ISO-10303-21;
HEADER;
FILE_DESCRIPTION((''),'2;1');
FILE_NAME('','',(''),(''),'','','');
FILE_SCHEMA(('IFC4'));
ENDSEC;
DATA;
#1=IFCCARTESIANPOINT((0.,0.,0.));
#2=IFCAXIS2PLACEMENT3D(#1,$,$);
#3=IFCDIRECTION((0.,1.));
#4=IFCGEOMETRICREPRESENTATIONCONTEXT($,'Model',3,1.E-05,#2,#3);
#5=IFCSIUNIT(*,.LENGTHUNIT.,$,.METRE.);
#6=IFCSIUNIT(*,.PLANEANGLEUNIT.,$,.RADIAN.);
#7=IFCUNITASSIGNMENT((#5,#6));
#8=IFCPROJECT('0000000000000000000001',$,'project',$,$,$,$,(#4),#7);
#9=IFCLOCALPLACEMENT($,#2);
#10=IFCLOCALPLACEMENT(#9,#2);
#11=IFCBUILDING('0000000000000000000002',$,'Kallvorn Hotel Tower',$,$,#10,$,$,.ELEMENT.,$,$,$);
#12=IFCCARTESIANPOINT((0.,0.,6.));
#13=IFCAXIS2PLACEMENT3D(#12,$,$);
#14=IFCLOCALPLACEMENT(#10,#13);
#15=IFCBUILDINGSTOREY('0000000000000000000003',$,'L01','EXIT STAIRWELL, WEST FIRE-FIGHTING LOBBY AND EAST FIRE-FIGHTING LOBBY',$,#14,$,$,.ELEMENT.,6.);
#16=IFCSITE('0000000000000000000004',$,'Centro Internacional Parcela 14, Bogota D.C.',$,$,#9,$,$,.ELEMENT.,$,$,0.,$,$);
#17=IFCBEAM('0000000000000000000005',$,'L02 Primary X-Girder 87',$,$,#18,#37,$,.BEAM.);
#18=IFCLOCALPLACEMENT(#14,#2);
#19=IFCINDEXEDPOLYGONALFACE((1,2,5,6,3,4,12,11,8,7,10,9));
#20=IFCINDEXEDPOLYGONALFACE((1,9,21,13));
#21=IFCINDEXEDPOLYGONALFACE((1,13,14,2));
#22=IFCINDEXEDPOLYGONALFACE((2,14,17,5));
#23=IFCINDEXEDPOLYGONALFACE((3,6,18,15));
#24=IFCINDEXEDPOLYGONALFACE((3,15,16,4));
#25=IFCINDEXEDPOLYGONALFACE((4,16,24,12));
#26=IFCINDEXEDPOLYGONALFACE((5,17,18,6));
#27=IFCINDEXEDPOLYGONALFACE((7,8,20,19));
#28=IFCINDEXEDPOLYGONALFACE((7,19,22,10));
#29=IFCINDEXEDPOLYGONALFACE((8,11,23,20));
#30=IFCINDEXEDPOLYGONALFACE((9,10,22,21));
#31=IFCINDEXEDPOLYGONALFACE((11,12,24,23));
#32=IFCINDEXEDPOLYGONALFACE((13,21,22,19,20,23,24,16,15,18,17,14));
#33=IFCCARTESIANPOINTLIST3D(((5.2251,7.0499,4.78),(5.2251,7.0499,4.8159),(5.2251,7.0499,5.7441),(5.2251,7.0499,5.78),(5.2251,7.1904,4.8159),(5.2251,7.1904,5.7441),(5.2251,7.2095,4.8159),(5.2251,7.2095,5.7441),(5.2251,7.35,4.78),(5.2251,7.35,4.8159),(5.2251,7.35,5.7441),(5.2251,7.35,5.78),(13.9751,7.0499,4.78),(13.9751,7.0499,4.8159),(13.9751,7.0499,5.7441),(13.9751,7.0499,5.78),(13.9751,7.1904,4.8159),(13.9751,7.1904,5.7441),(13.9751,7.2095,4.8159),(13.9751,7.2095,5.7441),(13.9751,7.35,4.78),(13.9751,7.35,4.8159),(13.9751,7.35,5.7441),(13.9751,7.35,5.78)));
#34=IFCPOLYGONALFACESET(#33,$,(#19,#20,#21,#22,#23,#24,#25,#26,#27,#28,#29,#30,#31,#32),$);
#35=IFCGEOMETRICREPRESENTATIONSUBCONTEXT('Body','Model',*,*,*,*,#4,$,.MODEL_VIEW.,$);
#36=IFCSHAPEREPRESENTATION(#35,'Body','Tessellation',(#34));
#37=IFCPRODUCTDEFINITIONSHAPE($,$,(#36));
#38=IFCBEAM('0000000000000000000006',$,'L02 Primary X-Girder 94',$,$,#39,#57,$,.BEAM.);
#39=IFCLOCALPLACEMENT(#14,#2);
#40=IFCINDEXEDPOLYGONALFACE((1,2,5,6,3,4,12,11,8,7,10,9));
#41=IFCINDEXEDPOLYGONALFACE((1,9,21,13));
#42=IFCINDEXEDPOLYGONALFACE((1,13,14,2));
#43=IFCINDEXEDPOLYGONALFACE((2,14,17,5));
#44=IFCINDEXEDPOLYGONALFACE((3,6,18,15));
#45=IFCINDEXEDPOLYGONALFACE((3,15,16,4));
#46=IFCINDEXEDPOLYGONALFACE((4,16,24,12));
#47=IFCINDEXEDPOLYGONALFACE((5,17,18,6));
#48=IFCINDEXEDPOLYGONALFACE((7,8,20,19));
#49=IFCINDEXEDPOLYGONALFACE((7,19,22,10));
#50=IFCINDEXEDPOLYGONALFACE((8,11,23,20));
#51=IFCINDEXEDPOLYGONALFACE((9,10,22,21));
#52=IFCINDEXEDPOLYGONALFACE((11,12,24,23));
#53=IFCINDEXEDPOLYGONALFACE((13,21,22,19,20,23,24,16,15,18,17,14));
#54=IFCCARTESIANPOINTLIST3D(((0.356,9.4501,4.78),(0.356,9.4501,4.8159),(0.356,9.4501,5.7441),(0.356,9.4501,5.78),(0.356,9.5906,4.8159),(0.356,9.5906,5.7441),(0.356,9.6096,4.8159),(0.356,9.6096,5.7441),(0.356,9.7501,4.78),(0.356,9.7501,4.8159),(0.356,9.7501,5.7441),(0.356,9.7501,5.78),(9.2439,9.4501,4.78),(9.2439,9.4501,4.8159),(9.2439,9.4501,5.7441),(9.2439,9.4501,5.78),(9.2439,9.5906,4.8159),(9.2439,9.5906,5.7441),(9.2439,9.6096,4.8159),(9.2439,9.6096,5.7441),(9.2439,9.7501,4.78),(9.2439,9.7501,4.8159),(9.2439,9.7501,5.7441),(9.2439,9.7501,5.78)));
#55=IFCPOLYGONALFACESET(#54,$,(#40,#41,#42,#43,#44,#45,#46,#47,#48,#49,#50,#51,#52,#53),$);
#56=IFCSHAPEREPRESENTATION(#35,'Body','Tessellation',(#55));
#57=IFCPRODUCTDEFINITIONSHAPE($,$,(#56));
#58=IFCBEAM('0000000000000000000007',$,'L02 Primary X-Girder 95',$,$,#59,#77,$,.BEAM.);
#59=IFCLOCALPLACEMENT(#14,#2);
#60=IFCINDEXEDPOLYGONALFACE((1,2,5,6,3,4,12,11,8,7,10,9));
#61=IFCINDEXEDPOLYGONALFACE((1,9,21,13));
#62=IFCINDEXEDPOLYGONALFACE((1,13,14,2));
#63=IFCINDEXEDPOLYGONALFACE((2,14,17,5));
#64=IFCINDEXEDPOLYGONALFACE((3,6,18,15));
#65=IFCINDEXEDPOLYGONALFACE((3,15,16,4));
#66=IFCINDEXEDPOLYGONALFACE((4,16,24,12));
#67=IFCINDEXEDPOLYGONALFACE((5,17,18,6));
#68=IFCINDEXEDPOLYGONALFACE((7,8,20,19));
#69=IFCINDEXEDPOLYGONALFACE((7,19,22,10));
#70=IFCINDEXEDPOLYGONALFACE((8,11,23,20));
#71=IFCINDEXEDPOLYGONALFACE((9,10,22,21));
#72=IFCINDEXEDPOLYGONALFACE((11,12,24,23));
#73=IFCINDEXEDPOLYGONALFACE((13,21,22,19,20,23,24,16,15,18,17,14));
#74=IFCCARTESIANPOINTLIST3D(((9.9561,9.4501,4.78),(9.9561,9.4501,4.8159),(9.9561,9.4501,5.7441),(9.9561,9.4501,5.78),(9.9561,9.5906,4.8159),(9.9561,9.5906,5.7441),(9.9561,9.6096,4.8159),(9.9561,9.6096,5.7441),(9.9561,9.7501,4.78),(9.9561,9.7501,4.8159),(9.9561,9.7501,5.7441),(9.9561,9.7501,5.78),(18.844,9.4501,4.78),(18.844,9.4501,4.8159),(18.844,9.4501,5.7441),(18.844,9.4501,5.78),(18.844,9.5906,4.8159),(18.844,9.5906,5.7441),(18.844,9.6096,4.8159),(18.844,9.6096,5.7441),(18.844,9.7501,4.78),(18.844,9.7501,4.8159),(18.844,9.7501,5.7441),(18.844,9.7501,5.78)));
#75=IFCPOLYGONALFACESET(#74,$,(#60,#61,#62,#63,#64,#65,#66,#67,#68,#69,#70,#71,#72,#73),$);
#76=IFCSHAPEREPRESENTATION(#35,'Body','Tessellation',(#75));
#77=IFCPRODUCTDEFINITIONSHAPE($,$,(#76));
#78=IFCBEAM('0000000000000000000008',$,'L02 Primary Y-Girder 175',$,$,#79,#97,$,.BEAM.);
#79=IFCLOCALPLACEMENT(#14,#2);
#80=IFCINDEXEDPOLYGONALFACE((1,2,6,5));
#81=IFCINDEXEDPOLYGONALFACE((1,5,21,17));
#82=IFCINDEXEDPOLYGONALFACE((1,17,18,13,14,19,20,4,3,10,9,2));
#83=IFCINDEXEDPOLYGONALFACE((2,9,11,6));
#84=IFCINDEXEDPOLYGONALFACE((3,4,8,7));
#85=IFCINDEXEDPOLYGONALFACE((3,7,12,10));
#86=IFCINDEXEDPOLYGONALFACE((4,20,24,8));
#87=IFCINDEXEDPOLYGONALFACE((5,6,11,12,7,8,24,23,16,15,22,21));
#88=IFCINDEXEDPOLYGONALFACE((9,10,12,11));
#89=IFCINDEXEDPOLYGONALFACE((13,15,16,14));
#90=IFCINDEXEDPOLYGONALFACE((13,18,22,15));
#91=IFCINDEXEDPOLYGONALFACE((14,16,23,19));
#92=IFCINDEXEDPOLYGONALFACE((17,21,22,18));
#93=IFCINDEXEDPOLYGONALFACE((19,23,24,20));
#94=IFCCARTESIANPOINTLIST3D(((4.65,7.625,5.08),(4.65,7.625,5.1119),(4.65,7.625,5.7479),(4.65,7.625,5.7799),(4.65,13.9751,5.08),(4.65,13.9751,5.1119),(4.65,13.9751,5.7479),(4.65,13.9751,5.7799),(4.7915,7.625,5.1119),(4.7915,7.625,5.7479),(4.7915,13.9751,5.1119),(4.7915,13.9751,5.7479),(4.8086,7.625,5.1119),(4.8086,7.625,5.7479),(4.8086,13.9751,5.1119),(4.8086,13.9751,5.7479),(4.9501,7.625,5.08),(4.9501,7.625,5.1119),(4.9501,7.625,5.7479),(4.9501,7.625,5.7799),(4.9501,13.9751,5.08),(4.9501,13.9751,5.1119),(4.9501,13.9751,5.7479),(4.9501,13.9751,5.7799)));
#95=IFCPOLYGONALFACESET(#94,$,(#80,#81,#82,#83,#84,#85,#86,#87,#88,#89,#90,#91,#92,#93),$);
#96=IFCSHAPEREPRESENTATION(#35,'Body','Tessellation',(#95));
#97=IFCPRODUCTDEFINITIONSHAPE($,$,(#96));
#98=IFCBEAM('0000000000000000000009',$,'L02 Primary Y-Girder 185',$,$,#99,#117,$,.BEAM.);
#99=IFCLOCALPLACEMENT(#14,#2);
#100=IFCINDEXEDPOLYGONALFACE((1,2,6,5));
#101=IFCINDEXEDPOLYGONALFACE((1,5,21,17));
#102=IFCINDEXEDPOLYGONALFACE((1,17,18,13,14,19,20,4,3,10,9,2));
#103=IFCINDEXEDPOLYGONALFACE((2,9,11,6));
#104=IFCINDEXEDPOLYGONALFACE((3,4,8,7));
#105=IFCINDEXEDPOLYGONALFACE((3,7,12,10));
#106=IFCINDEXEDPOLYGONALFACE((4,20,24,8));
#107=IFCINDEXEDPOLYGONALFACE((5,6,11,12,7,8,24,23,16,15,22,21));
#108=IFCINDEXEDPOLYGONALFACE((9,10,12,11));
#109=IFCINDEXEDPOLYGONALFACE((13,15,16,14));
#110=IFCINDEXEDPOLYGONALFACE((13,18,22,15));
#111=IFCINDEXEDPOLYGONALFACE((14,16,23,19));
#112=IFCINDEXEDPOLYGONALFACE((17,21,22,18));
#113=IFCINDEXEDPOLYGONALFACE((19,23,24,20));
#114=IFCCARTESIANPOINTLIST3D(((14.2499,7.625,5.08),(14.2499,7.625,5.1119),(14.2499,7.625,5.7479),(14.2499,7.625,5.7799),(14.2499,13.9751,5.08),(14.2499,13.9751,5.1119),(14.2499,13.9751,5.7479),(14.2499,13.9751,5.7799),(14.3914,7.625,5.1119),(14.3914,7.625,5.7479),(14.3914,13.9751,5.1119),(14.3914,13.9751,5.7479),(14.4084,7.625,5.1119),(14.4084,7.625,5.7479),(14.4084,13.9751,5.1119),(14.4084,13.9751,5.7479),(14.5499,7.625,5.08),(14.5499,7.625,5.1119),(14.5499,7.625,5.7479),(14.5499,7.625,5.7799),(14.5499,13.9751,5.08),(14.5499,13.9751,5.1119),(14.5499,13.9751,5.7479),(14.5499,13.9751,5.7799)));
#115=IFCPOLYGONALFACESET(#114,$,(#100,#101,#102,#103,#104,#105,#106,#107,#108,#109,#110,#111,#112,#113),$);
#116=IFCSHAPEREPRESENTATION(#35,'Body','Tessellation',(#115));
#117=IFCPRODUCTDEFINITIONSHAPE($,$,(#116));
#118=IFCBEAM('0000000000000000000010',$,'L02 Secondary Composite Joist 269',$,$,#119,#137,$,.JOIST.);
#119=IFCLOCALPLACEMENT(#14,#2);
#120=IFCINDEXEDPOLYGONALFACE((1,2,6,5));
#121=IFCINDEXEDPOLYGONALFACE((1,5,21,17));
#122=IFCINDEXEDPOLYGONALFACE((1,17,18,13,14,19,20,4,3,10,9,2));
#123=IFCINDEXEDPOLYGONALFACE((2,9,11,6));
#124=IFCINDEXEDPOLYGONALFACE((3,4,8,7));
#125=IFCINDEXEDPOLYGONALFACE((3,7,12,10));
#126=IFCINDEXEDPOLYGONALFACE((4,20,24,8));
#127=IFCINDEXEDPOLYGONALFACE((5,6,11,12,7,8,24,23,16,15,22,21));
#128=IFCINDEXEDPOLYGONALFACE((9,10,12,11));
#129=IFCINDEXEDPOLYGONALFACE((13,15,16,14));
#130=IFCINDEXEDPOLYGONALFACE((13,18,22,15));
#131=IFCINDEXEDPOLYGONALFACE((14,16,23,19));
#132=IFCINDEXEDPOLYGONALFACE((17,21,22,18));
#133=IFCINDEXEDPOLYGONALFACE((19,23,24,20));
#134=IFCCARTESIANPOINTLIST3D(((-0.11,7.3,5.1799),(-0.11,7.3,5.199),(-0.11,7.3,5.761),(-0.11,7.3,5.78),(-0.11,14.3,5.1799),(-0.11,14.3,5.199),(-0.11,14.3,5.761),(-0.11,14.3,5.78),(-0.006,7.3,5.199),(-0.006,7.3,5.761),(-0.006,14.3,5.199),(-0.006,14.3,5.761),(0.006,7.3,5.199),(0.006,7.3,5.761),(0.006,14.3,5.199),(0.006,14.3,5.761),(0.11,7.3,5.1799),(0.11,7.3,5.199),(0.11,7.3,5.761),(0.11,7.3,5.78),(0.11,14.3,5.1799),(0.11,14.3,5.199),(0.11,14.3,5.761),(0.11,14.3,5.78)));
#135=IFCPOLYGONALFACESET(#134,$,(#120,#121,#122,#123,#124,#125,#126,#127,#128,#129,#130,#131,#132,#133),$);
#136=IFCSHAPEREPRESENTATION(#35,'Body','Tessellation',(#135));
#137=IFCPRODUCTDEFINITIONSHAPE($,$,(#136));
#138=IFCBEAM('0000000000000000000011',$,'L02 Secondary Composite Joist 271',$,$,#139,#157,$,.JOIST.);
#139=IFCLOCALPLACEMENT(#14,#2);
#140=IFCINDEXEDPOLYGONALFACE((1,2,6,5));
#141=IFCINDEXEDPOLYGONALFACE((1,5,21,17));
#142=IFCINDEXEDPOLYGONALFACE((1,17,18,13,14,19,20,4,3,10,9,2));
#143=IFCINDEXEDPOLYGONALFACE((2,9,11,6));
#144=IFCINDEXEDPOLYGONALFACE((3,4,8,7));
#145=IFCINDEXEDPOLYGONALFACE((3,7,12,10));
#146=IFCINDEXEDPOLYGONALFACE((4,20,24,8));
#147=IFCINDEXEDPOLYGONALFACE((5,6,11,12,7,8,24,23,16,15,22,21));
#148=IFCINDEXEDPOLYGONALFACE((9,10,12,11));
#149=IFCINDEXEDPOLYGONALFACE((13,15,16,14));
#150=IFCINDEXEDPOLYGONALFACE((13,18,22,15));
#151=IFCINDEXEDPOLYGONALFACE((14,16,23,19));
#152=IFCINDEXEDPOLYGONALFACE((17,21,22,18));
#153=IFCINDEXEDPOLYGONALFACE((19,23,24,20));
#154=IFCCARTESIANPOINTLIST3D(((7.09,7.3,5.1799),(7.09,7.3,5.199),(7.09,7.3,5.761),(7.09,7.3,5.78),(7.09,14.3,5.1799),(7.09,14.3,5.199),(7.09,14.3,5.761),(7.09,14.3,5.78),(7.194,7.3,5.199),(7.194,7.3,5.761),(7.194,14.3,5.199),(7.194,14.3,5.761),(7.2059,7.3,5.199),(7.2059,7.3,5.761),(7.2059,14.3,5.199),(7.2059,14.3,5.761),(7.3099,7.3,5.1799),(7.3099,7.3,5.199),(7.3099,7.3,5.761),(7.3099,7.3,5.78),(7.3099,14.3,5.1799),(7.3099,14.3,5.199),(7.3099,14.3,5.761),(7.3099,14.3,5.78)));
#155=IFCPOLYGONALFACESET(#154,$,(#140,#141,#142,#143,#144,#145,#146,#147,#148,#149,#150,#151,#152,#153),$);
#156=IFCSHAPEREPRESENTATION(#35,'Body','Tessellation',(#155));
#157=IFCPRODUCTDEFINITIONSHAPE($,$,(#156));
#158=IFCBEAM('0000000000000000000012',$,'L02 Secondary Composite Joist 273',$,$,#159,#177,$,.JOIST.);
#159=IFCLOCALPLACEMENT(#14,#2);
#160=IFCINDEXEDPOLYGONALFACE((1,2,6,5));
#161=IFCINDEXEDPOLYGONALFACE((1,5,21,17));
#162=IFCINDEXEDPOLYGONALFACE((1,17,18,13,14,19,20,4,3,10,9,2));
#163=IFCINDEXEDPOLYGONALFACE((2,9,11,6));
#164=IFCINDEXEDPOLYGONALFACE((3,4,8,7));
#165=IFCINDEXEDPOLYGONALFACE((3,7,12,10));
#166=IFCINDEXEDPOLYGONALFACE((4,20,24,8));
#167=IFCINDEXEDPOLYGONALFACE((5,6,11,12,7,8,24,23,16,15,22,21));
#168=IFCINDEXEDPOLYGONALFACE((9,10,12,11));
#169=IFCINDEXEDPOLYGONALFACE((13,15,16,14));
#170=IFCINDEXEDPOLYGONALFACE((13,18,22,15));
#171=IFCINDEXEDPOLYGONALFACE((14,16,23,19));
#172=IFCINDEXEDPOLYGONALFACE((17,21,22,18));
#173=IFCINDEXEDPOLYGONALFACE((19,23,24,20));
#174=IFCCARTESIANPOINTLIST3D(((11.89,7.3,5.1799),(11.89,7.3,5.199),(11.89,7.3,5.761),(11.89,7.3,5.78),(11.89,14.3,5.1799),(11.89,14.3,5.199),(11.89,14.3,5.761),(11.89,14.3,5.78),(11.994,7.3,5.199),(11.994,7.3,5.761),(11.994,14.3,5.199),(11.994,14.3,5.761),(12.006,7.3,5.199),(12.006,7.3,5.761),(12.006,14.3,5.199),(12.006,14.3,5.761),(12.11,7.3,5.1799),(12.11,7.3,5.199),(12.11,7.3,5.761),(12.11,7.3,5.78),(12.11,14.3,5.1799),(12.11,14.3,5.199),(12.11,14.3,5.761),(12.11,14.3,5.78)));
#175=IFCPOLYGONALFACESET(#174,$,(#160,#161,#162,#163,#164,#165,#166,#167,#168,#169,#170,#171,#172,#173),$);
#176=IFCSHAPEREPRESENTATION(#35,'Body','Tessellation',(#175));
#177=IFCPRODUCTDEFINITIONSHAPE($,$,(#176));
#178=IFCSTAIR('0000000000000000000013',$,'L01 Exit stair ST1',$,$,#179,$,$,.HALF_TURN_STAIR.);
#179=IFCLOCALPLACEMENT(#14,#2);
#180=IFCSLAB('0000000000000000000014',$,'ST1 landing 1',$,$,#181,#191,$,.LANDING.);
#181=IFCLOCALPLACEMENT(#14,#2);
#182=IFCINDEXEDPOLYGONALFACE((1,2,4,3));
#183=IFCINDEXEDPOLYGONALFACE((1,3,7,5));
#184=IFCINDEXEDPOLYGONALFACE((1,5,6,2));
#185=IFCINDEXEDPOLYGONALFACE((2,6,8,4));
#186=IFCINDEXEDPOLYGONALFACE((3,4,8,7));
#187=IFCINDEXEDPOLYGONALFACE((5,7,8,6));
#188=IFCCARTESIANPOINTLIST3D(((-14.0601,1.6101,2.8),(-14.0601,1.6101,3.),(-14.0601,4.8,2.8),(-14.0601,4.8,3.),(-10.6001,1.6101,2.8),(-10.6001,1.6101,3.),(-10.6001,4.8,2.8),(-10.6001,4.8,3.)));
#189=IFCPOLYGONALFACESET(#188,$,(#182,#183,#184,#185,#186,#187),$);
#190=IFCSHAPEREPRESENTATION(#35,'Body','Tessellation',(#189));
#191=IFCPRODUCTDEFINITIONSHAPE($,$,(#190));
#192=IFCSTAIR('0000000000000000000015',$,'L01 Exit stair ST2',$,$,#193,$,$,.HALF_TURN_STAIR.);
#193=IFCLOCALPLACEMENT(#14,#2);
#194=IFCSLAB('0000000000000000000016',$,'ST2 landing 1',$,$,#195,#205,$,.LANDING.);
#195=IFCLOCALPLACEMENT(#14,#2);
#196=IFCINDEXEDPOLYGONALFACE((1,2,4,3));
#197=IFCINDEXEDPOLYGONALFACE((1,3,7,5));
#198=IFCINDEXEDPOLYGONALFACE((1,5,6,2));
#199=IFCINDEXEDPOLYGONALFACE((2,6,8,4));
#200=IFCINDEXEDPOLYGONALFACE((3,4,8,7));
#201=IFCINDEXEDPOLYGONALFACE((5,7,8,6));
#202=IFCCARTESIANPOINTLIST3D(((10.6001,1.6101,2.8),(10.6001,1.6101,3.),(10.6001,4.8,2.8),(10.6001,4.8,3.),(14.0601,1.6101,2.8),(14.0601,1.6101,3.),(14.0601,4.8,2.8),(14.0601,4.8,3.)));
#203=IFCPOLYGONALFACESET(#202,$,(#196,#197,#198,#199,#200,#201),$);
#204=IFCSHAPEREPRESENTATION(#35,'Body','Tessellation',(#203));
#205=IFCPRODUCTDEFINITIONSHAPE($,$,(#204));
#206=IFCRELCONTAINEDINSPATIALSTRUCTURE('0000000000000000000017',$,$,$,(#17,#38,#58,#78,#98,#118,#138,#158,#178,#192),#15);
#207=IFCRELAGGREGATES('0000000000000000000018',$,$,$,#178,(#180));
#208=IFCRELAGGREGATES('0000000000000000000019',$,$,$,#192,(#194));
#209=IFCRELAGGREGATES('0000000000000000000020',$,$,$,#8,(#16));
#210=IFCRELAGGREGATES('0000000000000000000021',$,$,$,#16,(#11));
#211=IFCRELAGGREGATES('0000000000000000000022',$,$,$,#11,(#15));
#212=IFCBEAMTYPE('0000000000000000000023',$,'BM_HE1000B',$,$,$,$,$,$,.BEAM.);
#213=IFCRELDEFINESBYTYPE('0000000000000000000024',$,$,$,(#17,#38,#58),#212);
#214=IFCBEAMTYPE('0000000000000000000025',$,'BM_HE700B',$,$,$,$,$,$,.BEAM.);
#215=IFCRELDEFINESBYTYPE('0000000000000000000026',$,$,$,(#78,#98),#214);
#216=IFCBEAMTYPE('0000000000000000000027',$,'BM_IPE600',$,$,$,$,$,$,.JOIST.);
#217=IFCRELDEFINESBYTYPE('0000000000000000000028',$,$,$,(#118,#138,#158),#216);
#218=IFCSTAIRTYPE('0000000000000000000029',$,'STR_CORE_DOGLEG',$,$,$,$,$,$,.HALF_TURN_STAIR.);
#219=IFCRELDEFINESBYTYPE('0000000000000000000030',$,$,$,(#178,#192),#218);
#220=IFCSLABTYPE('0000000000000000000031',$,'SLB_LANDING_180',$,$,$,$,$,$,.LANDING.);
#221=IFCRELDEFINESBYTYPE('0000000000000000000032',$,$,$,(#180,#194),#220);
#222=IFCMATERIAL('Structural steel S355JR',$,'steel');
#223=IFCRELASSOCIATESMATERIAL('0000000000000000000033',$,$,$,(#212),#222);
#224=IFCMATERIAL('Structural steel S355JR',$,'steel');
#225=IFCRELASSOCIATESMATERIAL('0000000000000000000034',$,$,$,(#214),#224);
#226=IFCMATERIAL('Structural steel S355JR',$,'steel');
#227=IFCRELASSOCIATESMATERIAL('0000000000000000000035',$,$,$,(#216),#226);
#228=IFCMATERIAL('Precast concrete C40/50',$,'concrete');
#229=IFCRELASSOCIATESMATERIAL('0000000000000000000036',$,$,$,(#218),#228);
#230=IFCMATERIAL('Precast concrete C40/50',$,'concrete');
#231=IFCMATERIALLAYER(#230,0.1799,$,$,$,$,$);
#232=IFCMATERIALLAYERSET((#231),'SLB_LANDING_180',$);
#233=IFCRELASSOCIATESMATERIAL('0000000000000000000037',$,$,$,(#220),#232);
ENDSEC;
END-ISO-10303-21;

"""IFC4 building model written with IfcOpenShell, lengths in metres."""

from ifc_helpers import new_model, si_unit, direction, frame, origin, origin_2d, place, context, subcontext, project, spatial, polyline, i_section, outline, extrude, material, layer, layer_set, material_profile, profile_set, type_object, element, aggregate, save


model = new_model("IFC4")

# Units and contexts
model_context = context("Model", 3, precision=1e-05, world=origin(), true_north=direction((0.0, 1.0)))
body_context = subcontext(model_context, "Body", "Model", "MODEL_VIEW")
ifc_project = project(units=[si_unit("LENGTHUNIT", "METRE"), si_unit("PLANEANGLEUNIT", "RADIAN")], contexts=[model_context])

# Site, building, storey
site_placement = place(None, origin())
site = spatial("IfcSite", under=ifc_project, at=site_placement, Name="Centro Internacional Parcela 14, Bogota D.C.", CompositionType="ELEMENT", RefElevation=0.0)
building_placement = place(site_placement, origin())
building = spatial("IfcBuilding", under=site, at=building_placement, Name="Kallvorn Hotel Tower", CompositionType="ELEMENT")
storey_placement = place(building_placement, frame((0.0, 0.0, 6.0)))
storey = spatial("IfcBuildingStorey", under=building, at=storey_placement, Name="L01", Description="EXIT STAIRWELL, WEST FIRE-FIGHTING LOBBY AND EAST FIRE-FIGHTING LOBBY", CompositionType="ELEMENT", Elevation=6.0)

# Beams
ifc_material_1 = material(Name="Structural steel S355JR", Category="steel")
ifc_material_profile_1 = material_profile(ifc_material_1, i_section(OverallWidth=0.3, OverallDepth=1.0, WebThickness=0.019, FlangeThickness=0.0359, at=origin_2d()), Name="HE 1000 B")
ifc_profile_set_1 = profile_set([ifc_material_profile_1], Name="Structural steel S355JR")
beam_type_1 = type_object("IfcBeamType", Name="BM_HE1000B", PredefinedType="BEAM", material=ifc_profile_set_1)
beam_placement = place(storey_placement, frame((5.2251, 7.2, 5.28), z_axis=(1.0, 0.0, 0.0), x_axis=(0.0, 1.0, 0.0)))
element("IfcBeam", 1, at=beam_placement, inside=storey, type_object=beam_type_1, Name="L02 Primary X-Girder 87", PredefinedType="BEAM", context=body_context, shape_type="SweptSolid", body=[
    extrude(i_section(OverallWidth=0.3, OverallDepth=1.0, WebThickness=0.019, FlangeThickness=0.0359, at=origin_2d()), origin(), (0.0, 0.0, 1.0), 8.75),
])
for number, where, z_axis, x_axis, name in (
    (2, (0.356, 9.6001, 5.28), (1.0, 0.0, 0.0), (0.0, 1.0, 0.0), "L02 Primary X-Girder 94"),
    (3, (9.9561, 9.6001, 5.28), (1.0, 0.0, 0.0), (0.0, 1.0, 0.0), "L02 Primary X-Girder 95"),
):
    element("IfcBeam", number, at=place(storey_placement, frame(where, z_axis=z_axis, x_axis=x_axis)), inside=storey, type_object=beam_type_1, Name=name, PredefinedType="BEAM", context=body_context, shape_type="SweptSolid", body=[
        extrude(i_section(OverallWidth=0.3, OverallDepth=1.0, WebThickness=0.019, FlangeThickness=0.0359, at=origin_2d()), origin(), (0.0, 0.0, 1.0), 8.8879),
    ])
ifc_material_2 = material(Name="Structural steel S355JR", Category="steel")
ifc_material_profile_2 = material_profile(ifc_material_2, i_section(OverallWidth=0.3, OverallDepth=0.7, WebThickness=0.0171, FlangeThickness=0.032, at=origin_2d()), Name="HE 700 B")
ifc_profile_set_2 = profile_set([ifc_material_profile_2], Name="Structural steel S355JR")
beam_type_2 = type_object("IfcBeamType", Name="BM_HE700B", PredefinedType="BEAM", material=ifc_profile_set_2)
for number, where, z_axis, x_axis, name in (
    (4, (4.8, 7.625, 5.4299), (0.0, 1.0, 0.0), (-1.0, 0.0, 0.0), "L02 Primary Y-Girder 175"),
    (5, (14.3999, 7.625, 5.4299), (0.0, 1.0, 0.0), (-1.0, 0.0, 0.0), "L02 Primary Y-Girder 185"),
):
    element("IfcBeam", number, at=place(storey_placement, frame(where, z_axis=z_axis, x_axis=x_axis)), inside=storey, type_object=beam_type_2, Name=name, PredefinedType="BEAM", context=body_context, shape_type="SweptSolid", body=[
        extrude(i_section(OverallWidth=0.3, OverallDepth=0.7, WebThickness=0.0171, FlangeThickness=0.032, at=origin_2d()), origin(), (0.0, 0.0, 1.0), 6.3501),
    ])
ifc_material_3 = material(Name="Structural steel S355JR", Category="steel")
ifc_material_profile_3 = material_profile(ifc_material_3, i_section(OverallWidth=0.22, OverallDepth=0.6001, WebThickness=0.012, FlangeThickness=0.019, at=origin_2d()), Name="IPE 600")
ifc_profile_set_3 = profile_set([ifc_material_profile_3], Name="Structural steel S355JR")
beam_type_3 = type_object("IfcBeamType", Name="BM_IPE600", PredefinedType="JOIST", material=ifc_profile_set_3)
for number, where, z_axis, x_axis, name in (
    (6, (0.0, 7.3, 5.48), (0.0, 1.0, 0.0), (-1.0, 0.0, 0.0), "L02 Secondary Composite Joist 269"),
    (7, (7.2, 7.3, 5.48), (0.0, 1.0, 0.0), (-1.0, 0.0, 0.0), "L02 Secondary Composite Joist 271"),
    (8, (12.0, 7.3, 5.48), (0.0, 1.0, 0.0), (-1.0, 0.0, 0.0), "L02 Secondary Composite Joist 273"),
):
    element("IfcBeam", number, at=place(storey_placement, frame(where, z_axis=z_axis, x_axis=x_axis)), inside=storey, type_object=beam_type_3, Name=name, PredefinedType="JOIST", context=body_context, shape_type="SweptSolid", body=[
        extrude(i_section(OverallWidth=0.22, OverallDepth=0.6001, WebThickness=0.012, FlangeThickness=0.019, at=origin_2d()), origin(), (0.0, 0.0, 1.0), 7.0),
    ])

# Stairs, slabs
ifc_material_4 = material(Name="Precast concrete C40/50", Category="concrete")
stair_type_1 = type_object("IfcStairType", Name="STR_CORE_DOGLEG", PredefinedType="HALF_TURN_STAIR", material=ifc_material_4)
stair_1_placement = place(storey_placement, origin())
stair_1 = element("IfcStair", 9, at=stair_1_placement, inside=storey, type_object=stair_type_1, Name="L01 Exit stair ST1", PredefinedType="HALF_TURN_STAIR")
ifc_material_5 = material(Name="Precast concrete C40/50", Category="concrete")
ifc_layer_1 = layer(ifc_material_5, 0.1799)
ifc_layer_set_1 = layer_set([ifc_layer_1], Name="SLB_LANDING_180")
slab_type_1 = type_object("IfcSlabType", Name="SLB_LANDING_180", PredefinedType="LANDING", material=ifc_layer_set_1)
slab_1_placement = place(storey_placement, frame((0.0, 0.0, 2.8)))
slab_1 = element("IfcSlab", 10, at=slab_1_placement, type_object=slab_type_1, Name="ST1 landing 1", PredefinedType="LANDING", context=body_context, shape_type="SweptSolid", body=[
    extrude(outline(polyline([(-10.6001, 1.6101), (-10.6001, 4.8), (-14.0601, 4.8), (-14.0601, 1.6101), (-10.6001, 1.6101)])), origin(), (0.0, 0.0, 1.0), 0.2),
])
aggregate(stair_1, [slab_1])
stair_2_placement = place(storey_placement, origin())
stair_2 = element("IfcStair", 11, at=stair_2_placement, inside=storey, type_object=stair_type_1, Name="L01 Exit stair ST2", PredefinedType="HALF_TURN_STAIR")
slab_2_placement = place(storey_placement, frame((0.0, 0.0, 2.8)))
slab_2 = element("IfcSlab", 12, at=slab_2_placement, type_object=slab_type_1, Name="ST2 landing 1", PredefinedType="LANDING", context=body_context, shape_type="SweptSolid", body=[
    extrude(outline(polyline([(14.0601, 1.6101), (14.0601, 4.8), (10.6001, 4.8), (10.6001, 1.6101), (14.0601, 1.6101)])), origin(), (0.0, 0.0, 1.0), 0.2),
])

aggregate(stair_2, [slab_2])

save(model, "model.ifc")
